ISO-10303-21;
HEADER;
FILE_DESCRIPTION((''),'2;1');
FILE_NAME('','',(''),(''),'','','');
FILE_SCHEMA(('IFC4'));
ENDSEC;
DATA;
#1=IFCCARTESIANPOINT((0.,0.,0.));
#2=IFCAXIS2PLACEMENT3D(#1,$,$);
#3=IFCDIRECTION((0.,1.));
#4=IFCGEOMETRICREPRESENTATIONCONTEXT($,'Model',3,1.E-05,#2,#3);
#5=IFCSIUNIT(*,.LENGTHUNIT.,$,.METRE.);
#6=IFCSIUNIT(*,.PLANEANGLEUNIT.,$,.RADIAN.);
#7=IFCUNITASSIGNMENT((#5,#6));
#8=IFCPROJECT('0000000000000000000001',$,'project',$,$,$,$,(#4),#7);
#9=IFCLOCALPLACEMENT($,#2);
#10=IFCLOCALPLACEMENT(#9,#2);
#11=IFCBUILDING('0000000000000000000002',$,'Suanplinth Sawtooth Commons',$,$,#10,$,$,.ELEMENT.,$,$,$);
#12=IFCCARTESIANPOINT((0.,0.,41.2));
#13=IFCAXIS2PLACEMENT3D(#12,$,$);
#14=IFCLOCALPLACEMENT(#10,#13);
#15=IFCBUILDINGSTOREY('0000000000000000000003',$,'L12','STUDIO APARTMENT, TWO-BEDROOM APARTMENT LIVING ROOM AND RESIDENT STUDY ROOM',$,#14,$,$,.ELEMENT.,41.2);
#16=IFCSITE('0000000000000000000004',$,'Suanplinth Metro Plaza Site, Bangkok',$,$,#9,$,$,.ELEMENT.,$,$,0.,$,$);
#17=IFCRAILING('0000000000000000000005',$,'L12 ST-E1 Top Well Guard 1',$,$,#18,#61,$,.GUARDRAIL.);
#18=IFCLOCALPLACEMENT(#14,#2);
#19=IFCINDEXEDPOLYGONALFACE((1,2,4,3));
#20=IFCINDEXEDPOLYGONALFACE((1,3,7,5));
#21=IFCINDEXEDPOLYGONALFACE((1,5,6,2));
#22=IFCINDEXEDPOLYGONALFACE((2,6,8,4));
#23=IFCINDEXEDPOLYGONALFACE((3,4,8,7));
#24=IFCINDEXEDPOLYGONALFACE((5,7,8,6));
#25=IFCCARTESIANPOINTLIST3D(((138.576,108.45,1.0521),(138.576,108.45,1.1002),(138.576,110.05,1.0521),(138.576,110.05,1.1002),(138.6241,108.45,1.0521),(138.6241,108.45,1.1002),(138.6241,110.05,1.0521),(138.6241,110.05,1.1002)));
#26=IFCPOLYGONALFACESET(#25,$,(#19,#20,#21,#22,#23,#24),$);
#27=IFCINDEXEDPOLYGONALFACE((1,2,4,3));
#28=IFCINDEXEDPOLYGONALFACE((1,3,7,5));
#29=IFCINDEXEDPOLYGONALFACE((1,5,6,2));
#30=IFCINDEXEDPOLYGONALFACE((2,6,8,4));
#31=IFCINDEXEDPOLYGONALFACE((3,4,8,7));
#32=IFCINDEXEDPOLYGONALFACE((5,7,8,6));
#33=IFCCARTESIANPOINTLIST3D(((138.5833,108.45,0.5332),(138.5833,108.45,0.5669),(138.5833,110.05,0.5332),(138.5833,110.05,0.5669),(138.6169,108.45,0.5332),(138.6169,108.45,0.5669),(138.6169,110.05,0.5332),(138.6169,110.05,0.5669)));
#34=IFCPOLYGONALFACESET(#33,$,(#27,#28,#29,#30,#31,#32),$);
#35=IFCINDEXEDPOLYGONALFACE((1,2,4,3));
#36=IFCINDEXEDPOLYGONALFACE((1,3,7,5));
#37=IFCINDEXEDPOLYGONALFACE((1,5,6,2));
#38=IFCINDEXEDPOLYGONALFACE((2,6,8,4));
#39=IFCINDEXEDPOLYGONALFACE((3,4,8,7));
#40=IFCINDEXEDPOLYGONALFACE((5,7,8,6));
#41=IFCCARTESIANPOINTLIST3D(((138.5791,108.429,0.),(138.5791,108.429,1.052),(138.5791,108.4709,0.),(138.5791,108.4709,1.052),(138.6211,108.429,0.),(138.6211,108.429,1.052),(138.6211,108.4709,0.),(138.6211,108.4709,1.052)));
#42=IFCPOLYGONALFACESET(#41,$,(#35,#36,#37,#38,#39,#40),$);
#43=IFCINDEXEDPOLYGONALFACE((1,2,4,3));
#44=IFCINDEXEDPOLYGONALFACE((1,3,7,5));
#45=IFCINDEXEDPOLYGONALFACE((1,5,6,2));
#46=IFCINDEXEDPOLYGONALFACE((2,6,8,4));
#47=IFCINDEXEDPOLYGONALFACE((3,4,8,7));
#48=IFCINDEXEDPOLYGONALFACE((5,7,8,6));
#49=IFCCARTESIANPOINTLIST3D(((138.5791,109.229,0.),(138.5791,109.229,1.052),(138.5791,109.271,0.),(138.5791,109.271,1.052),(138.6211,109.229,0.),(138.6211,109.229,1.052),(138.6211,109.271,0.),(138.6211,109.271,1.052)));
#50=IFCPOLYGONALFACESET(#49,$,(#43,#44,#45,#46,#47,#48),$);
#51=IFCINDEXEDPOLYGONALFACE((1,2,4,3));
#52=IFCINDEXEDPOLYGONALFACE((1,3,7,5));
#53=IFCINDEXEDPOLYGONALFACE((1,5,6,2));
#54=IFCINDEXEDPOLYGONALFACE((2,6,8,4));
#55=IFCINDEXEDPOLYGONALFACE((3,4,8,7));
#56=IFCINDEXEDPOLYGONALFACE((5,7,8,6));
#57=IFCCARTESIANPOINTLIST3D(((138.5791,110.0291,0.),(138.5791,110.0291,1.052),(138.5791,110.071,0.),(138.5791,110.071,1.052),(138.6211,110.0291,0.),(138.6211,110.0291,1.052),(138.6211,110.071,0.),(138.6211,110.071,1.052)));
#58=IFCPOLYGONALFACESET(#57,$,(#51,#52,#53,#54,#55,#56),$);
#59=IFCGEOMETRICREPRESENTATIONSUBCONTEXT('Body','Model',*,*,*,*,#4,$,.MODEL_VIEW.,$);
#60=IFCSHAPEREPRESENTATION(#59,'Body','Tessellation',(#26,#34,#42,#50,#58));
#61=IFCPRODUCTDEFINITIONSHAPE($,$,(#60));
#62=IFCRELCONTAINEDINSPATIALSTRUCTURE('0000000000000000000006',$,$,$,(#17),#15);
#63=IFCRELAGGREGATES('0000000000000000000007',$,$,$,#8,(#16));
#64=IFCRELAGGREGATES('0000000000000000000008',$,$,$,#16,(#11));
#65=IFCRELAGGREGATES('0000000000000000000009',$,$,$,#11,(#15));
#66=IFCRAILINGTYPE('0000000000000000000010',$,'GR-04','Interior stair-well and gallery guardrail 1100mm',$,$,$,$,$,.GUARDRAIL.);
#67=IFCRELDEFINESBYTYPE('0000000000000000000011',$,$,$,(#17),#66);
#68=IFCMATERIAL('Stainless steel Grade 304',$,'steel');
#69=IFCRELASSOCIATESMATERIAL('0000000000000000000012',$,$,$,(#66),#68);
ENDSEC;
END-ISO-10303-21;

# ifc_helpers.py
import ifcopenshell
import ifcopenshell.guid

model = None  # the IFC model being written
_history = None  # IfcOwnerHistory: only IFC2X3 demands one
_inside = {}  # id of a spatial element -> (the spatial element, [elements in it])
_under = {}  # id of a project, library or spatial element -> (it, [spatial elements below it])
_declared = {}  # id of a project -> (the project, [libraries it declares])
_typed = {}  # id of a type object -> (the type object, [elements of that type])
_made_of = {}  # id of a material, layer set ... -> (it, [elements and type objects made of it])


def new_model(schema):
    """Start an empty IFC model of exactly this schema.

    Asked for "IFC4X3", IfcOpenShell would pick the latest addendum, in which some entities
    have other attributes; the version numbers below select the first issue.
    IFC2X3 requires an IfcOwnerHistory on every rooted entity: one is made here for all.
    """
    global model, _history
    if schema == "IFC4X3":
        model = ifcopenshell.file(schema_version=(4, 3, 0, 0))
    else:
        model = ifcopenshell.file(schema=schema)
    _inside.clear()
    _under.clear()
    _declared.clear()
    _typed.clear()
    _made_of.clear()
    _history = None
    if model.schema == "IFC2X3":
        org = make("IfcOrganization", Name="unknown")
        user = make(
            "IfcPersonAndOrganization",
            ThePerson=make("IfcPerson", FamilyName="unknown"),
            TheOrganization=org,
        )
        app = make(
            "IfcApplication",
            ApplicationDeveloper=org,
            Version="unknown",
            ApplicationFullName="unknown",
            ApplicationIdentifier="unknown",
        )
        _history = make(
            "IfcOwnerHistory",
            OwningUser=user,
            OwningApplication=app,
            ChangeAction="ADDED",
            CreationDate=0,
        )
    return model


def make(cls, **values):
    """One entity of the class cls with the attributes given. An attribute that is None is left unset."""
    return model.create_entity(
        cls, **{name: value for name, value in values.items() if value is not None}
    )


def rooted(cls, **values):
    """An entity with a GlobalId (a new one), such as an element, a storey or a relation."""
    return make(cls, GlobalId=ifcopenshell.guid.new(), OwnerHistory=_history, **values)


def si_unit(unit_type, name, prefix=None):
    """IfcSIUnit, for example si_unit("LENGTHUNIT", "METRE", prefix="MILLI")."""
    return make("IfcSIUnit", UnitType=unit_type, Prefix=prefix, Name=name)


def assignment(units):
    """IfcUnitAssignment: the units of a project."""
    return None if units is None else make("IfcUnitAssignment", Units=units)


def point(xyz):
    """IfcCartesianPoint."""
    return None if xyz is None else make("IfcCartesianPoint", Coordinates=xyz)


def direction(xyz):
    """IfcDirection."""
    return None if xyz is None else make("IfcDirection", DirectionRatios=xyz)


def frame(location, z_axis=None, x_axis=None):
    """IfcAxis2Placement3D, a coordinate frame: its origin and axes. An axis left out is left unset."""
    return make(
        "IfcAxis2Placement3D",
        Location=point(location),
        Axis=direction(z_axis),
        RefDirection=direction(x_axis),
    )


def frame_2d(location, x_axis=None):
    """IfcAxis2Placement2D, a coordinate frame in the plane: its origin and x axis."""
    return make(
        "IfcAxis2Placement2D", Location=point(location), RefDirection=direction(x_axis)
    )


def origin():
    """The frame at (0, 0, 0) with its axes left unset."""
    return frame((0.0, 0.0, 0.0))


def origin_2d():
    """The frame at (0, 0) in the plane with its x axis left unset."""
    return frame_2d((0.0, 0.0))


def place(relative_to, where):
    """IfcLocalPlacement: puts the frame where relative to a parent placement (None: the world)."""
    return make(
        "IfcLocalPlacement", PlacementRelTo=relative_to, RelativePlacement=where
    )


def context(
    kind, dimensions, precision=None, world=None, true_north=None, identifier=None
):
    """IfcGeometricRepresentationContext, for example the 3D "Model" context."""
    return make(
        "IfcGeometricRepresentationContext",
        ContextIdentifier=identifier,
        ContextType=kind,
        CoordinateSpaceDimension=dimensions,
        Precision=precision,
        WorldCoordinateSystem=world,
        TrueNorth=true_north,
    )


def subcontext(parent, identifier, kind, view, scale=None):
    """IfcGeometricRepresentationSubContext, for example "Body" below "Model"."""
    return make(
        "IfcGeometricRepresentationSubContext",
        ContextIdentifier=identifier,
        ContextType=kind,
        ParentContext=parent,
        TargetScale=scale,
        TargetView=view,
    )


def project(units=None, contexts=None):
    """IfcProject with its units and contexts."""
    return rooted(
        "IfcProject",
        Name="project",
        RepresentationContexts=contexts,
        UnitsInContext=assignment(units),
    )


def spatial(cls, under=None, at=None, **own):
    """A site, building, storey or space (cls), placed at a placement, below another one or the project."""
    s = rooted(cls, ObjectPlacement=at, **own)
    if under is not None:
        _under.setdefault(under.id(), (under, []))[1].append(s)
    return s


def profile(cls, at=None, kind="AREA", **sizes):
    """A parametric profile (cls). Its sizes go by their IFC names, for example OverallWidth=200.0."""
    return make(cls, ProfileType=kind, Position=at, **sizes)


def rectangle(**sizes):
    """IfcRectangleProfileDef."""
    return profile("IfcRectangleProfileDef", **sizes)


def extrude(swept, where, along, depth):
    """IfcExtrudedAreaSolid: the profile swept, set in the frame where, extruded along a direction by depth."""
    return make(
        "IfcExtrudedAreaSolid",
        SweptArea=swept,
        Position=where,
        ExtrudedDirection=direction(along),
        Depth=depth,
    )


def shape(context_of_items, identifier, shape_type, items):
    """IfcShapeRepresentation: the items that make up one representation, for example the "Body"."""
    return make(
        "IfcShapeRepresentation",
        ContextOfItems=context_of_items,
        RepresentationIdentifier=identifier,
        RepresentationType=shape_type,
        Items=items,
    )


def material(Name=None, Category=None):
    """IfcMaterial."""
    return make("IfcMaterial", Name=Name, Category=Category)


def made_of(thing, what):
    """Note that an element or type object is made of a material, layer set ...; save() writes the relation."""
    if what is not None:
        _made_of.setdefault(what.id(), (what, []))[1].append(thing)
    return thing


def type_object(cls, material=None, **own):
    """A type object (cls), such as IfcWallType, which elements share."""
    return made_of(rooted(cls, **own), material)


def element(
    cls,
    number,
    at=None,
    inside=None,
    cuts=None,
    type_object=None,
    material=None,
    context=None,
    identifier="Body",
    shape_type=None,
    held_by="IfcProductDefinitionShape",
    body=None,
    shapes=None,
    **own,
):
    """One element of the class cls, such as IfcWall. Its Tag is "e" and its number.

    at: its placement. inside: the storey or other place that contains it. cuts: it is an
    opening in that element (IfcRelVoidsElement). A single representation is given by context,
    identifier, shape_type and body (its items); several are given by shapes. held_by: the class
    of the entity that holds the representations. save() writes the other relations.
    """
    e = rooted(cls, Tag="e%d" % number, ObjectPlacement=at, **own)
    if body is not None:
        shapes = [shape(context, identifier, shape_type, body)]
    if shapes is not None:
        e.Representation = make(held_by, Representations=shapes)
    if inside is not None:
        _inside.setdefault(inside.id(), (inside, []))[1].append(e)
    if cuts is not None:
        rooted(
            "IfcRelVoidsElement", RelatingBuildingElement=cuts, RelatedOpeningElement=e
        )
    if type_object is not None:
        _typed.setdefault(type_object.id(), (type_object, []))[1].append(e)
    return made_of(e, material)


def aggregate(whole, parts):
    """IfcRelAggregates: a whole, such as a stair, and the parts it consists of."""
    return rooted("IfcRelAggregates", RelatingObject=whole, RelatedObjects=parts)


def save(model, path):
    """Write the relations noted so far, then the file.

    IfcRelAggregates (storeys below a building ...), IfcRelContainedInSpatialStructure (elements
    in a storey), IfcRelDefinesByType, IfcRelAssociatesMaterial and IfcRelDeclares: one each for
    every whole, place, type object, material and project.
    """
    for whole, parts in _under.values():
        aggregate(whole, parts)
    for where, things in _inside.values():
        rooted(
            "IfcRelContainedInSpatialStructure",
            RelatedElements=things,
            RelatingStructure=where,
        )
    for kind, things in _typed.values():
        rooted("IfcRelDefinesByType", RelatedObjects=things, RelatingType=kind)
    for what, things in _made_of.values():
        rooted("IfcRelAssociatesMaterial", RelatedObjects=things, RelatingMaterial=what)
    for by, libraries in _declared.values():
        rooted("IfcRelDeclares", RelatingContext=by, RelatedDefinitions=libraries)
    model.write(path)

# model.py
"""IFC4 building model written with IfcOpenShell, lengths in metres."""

from ifc_helpers import new_model, si_unit, direction, frame, origin, origin_2d, place, context, subcontext, project, spatial, rectangle, extrude, material, type_object, element, save


model = new_model("IFC4")

# Units and contexts
model_context = context("Model", 3, precision=1e-05, world=origin(), true_north=direction((0.0, 1.0)))
body_context = subcontext(model_context, "Body", "Model", "MODEL_VIEW")
ifc_project = project(units=[si_unit("LENGTHUNIT", "METRE"), si_unit("PLANEANGLEUNIT", "RADIAN")], contexts=[model_context])

# Site, building, storey
site_placement = place(None, origin())
site = spatial("IfcSite", under=ifc_project, at=site_placement, Name="Suanplinth Metro Plaza Site, Bangkok", CompositionType="ELEMENT", RefElevation=0.0)
building_placement = place(site_placement, origin())
building = spatial("IfcBuilding", under=site, at=building_placement, Name="Suanplinth Sawtooth Commons", CompositionType="ELEMENT")
storey_placement = place(building_placement, frame((0.0, 0.0, 41.2)))
storey = spatial("IfcBuildingStorey", under=building, at=storey_placement, Name="L12", Description="STUDIO APARTMENT, TWO-BEDROOM APARTMENT LIVING ROOM AND RESIDENT STUDY ROOM", CompositionType="ELEMENT", Elevation=41.2)

# Railing
ifc_material_1 = material(Name="Stainless steel Grade 304", Category="steel")
railing_type = type_object("IfcRailingType", Name="GR-04", Description="Interior stair-well and gallery guardrail 1100mm", PredefinedType="GUARDRAIL", material=ifc_material_1)
railing_placement = place(storey_placement, frame((138.6001, 108.45, 0.0)))
element("IfcRailing", 1, at=railing_placement, inside=storey, type_object=railing_type, Name="L12 ST-E1 Top Well Guard 1", PredefinedType="GUARDRAIL", context=body_context, shape_type="SweptSolid", body=[
    extrude(rectangle(XDim=0.0481, YDim=0.0481, at=origin_2d()), frame((0.0, 0.0, 1.0762), z_axis=(0.0, 1.0, 0.0), x_axis=(-1.0, 0.0, 0.0)), (0.0, 0.0, 1.0), 1.6001),
    extrude(rectangle(XDim=0.0337, YDim=0.0337, at=origin_2d()), frame((0.0, 0.0, 0.55), z_axis=(0.0, 1.0, 0.0), x_axis=(-1.0, 0.0, 0.0)), (0.0, 0.0, 1.0), 1.6001),
    extrude(rectangle(XDim=0.042, YDim=0.042, at=origin_2d()), origin(), (0.0, 0.0, 1.0), 1.052),
    extrude(rectangle(XDim=0.042, YDim=0.042, at=origin_2d()), frame((0.0, 0.8, 0.0)), (0.0, 0.0, 1.0), 1.052),
    extrude(rectangle(XDim=0.042, YDim=0.042, at=origin_2d()), frame((0.0, 1.6001, 0.0)), (0.0, 0.0, 1.0), 1.052),
])

save(model, "model.ifc")
